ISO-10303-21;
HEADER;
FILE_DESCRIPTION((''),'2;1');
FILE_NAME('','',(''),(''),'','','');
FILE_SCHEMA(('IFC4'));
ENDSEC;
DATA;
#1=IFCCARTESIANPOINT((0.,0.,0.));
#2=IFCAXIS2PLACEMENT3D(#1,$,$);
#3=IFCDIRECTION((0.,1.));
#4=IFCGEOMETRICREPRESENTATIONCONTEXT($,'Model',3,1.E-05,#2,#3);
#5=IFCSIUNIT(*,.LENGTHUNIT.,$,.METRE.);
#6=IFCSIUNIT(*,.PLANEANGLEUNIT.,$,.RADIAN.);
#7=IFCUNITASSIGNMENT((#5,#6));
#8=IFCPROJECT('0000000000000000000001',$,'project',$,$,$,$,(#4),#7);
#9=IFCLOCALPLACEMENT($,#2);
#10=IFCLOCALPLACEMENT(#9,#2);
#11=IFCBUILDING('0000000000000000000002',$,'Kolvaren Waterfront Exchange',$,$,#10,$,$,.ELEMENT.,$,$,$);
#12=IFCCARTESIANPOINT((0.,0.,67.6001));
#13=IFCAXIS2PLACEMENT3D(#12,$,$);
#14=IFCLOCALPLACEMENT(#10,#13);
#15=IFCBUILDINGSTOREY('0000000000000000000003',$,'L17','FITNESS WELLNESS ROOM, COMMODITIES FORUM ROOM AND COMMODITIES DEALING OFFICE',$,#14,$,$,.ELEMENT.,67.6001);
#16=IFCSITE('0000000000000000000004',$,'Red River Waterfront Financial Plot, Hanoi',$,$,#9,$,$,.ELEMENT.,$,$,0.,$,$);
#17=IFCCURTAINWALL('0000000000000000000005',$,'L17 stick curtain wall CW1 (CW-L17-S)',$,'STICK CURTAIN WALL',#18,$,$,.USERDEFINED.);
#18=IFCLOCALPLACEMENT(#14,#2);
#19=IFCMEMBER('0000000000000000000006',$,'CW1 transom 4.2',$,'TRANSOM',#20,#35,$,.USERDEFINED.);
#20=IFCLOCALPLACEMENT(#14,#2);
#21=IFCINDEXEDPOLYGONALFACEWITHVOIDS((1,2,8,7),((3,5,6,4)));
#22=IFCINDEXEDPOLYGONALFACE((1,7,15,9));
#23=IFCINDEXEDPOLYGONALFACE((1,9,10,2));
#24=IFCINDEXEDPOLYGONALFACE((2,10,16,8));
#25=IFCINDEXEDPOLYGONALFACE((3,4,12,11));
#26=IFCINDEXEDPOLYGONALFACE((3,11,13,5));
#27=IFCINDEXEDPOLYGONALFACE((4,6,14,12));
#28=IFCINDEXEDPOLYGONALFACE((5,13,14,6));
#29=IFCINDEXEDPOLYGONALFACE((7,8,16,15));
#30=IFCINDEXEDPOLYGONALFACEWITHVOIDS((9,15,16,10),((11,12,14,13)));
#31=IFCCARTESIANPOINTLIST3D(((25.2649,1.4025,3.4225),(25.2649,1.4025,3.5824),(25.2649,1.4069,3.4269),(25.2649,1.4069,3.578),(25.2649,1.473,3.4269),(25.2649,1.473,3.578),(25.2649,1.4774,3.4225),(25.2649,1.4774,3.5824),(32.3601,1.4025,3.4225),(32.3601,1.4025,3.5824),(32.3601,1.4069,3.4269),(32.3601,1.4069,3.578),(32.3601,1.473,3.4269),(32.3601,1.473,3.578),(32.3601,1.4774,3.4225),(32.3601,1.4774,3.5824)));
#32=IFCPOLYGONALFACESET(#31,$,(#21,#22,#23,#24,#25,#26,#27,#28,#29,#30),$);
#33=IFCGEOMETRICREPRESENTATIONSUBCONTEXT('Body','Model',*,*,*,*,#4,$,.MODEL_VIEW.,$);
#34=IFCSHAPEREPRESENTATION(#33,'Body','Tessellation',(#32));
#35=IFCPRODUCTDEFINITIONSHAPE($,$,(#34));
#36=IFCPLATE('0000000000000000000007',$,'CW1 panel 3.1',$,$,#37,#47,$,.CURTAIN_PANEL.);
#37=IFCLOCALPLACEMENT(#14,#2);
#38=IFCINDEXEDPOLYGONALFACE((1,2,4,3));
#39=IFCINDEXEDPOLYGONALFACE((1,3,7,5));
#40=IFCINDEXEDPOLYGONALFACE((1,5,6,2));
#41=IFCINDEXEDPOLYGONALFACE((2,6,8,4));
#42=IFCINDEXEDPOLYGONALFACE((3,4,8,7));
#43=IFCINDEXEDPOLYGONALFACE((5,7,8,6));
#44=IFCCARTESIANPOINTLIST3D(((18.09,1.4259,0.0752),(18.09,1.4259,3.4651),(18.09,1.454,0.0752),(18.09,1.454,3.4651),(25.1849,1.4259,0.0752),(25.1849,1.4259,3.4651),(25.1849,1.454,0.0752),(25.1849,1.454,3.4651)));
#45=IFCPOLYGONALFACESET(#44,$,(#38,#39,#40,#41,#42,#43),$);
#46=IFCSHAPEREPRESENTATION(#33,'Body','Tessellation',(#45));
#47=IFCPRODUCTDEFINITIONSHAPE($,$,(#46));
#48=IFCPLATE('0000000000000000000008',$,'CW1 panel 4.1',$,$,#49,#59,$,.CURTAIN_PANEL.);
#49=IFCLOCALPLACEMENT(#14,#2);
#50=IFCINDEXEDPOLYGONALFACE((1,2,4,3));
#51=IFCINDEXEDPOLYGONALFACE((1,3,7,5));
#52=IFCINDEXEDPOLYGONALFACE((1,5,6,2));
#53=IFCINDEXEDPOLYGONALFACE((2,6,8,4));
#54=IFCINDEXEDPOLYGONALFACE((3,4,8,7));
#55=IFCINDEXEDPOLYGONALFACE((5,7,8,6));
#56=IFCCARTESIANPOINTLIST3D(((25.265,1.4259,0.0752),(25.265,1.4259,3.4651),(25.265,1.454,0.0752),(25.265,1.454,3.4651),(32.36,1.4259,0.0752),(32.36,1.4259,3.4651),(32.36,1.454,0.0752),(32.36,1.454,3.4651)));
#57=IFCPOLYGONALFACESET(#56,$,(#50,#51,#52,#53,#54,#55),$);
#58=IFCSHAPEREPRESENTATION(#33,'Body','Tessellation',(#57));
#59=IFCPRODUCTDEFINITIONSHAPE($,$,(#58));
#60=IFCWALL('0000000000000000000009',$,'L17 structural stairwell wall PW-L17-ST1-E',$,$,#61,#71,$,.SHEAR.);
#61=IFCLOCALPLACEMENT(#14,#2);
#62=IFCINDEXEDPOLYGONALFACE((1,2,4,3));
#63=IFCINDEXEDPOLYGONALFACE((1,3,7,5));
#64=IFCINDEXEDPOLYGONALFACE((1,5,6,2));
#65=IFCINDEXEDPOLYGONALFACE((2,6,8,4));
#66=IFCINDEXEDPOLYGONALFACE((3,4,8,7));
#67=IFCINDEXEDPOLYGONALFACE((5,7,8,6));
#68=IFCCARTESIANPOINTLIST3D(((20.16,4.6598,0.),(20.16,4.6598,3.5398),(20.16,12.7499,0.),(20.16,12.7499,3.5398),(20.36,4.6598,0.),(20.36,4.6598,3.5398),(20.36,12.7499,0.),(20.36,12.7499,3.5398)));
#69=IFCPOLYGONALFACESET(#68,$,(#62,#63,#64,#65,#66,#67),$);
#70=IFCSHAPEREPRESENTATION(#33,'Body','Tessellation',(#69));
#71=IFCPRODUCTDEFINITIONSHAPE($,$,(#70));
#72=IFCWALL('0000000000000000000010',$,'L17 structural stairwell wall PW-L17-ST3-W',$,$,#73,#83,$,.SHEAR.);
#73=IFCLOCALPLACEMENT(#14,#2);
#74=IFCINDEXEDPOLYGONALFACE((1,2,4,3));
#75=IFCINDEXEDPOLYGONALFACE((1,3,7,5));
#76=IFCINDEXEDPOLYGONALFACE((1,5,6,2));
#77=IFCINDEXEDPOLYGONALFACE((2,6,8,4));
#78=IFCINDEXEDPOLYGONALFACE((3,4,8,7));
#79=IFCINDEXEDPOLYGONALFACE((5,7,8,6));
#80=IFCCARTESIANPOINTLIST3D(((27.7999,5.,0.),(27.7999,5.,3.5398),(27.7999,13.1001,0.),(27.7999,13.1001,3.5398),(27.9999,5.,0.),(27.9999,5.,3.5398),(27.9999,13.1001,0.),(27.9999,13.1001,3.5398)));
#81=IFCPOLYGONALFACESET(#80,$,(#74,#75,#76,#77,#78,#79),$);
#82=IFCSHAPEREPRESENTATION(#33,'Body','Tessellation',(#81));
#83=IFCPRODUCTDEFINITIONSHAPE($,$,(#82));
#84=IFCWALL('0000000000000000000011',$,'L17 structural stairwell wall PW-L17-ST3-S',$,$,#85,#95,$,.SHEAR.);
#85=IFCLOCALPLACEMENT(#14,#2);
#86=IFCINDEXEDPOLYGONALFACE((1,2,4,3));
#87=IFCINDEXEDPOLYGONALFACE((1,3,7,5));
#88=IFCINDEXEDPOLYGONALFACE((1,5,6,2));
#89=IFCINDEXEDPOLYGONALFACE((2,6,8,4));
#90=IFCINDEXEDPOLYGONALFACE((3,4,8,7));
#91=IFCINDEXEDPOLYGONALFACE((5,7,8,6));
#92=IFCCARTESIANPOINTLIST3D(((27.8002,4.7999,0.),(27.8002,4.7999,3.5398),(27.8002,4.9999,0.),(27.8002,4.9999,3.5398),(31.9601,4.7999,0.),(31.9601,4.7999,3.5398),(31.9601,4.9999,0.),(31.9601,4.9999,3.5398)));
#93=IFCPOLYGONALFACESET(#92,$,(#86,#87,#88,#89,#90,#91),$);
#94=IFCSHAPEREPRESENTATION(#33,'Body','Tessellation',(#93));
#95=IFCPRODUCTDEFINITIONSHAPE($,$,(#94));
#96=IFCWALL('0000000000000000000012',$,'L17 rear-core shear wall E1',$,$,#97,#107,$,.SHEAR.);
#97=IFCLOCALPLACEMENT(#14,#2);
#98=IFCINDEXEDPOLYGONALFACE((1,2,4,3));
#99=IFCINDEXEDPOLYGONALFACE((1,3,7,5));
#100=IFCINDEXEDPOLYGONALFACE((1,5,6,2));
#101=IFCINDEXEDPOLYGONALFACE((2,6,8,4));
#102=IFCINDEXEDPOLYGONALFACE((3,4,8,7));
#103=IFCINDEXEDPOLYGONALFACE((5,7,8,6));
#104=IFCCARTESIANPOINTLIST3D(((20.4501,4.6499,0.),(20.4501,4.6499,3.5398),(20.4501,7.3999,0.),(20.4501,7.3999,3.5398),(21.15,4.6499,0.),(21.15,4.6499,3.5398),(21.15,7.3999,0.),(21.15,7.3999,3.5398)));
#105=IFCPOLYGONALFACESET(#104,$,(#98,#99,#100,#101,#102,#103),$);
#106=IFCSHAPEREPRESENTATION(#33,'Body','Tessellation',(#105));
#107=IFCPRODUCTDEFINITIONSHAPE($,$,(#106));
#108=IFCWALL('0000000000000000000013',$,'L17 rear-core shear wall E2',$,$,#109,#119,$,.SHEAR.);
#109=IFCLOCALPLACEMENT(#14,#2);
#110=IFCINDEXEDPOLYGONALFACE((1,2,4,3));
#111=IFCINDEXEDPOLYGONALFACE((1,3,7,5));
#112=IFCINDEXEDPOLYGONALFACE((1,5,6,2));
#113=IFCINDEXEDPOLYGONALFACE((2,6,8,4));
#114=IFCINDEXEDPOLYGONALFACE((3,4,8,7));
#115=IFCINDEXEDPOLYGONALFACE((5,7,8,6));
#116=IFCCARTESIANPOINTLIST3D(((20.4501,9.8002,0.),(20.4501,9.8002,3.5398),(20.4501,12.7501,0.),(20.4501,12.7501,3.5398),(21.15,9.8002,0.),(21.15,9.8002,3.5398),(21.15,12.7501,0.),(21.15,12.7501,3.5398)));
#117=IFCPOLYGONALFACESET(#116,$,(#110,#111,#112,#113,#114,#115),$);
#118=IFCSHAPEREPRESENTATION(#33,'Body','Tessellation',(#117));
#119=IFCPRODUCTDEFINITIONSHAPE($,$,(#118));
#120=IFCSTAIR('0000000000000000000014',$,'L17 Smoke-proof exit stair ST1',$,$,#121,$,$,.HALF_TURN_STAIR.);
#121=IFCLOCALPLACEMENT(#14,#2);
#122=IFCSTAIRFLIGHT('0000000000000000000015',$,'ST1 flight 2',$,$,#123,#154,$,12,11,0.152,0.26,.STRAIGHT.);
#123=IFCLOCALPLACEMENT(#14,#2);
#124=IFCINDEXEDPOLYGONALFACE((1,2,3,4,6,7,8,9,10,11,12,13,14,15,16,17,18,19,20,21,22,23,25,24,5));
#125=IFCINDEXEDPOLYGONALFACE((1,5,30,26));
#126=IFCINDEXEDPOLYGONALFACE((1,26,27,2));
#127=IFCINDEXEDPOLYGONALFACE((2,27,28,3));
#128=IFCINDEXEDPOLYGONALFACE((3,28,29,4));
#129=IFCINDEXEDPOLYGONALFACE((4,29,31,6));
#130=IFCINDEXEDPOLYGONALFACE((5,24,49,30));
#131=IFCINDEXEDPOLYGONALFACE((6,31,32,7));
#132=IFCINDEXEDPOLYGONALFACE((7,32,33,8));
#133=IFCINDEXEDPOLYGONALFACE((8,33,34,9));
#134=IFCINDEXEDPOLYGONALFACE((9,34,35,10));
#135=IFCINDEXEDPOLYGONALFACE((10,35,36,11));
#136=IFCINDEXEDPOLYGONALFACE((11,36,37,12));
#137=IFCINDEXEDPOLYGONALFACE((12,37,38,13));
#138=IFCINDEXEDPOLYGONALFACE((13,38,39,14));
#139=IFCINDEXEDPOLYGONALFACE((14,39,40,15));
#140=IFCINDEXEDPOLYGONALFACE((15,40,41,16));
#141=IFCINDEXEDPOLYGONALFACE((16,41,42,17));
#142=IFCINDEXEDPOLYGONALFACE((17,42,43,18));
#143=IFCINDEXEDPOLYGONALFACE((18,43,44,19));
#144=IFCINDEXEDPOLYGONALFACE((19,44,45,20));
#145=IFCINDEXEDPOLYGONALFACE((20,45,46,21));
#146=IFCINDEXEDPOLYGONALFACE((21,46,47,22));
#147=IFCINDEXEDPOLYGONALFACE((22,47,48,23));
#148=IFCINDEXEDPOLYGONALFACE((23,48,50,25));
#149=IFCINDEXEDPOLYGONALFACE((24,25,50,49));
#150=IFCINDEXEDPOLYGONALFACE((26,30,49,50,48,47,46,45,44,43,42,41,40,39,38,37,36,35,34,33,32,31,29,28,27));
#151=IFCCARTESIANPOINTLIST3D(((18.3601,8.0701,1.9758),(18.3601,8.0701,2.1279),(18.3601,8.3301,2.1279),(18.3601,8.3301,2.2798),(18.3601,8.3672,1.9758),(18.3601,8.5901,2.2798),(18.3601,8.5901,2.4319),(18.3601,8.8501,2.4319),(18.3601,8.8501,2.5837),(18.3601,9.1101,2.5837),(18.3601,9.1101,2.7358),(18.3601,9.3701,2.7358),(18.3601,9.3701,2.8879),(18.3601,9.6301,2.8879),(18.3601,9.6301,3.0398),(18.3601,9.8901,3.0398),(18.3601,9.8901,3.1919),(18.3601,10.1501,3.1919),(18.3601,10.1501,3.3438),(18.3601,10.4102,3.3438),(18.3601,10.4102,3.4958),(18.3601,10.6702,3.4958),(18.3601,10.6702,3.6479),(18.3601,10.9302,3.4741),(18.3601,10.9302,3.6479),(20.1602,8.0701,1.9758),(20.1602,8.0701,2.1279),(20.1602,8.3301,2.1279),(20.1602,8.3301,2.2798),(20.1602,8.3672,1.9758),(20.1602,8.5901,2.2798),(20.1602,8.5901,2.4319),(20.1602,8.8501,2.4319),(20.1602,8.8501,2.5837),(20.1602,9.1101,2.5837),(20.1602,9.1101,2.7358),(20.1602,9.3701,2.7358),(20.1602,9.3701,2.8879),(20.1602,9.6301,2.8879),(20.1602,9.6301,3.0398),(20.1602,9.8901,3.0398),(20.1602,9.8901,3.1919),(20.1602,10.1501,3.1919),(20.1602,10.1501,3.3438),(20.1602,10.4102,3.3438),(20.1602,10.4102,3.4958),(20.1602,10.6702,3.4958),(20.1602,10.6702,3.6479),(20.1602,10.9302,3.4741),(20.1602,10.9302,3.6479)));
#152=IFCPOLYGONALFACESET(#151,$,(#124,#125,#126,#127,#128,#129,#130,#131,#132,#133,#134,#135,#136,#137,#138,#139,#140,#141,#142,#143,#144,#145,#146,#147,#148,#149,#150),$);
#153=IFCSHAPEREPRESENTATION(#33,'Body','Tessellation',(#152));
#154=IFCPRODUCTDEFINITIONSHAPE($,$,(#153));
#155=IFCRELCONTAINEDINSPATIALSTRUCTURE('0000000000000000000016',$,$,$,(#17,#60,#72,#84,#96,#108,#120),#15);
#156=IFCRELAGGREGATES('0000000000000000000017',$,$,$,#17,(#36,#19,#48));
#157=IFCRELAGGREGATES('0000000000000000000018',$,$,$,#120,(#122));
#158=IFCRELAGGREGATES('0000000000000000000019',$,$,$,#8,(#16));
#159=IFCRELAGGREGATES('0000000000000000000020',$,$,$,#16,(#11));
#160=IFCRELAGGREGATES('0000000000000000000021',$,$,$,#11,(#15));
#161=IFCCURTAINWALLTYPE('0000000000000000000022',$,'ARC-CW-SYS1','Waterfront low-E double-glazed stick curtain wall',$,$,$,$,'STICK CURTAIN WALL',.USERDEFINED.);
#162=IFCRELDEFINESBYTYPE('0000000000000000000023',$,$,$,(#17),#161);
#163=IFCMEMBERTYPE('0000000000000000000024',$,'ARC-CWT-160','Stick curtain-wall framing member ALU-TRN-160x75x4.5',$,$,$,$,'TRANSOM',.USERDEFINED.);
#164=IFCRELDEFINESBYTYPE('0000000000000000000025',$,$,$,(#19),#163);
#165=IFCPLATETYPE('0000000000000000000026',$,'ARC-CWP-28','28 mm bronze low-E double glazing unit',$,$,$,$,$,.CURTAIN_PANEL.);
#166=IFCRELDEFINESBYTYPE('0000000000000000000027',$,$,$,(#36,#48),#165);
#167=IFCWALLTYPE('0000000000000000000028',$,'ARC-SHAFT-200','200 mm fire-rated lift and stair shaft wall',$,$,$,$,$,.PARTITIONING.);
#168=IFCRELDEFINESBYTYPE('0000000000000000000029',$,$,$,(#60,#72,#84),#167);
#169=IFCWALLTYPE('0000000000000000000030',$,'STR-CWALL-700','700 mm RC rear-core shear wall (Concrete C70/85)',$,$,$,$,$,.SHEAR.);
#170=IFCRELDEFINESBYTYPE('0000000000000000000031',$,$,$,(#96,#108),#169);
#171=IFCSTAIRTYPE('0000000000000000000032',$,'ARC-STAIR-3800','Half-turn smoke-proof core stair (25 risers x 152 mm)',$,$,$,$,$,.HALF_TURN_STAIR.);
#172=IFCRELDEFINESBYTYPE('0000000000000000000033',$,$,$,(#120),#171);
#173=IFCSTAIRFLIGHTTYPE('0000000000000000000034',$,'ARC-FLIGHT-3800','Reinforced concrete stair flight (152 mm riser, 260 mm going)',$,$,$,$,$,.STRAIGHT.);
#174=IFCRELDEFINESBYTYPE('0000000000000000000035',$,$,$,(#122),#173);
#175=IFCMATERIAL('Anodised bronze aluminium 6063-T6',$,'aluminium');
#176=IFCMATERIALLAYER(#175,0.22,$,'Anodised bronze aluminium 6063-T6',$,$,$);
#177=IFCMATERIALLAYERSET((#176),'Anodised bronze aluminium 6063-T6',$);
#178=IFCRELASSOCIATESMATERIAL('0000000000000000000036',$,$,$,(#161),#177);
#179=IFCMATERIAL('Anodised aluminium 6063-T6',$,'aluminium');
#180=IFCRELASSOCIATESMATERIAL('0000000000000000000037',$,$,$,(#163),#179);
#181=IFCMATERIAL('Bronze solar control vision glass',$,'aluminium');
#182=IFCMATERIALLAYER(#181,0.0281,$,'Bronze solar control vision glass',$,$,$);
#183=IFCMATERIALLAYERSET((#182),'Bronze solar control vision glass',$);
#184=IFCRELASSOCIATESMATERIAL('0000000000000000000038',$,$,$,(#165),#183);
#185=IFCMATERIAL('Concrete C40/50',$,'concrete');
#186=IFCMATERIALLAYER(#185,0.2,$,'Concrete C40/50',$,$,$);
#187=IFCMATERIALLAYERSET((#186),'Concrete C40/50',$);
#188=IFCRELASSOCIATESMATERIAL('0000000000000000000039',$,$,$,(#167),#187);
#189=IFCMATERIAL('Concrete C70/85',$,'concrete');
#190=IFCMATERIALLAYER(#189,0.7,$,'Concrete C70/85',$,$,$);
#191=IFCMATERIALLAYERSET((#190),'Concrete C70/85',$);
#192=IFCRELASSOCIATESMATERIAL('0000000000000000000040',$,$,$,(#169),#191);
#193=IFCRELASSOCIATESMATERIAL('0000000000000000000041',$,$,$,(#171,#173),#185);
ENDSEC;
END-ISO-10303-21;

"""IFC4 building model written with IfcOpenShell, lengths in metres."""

from ifc_helpers import new_model, si_unit, direction, frame, frame_2d, origin, origin_with_axes, origin_2d, place, context, subcontext, project, spatial, polyline, rectangle, hollow_rectangle, outline, extrude, source, transform, mapped, material, layer, layer_set, material_profile, profile_set, type_object, element, aggregate, save


model = new_model("IFC4")

# Units and contexts
model_context = context("Model", 3, precision=1e-05, world=origin(), true_north=direction((0.0, 1.0)))
body_context = subcontext(model_context, "Body", "Model", "MODEL_VIEW")
ifc_project = project(units=[si_unit("LENGTHUNIT", "METRE"), si_unit("PLANEANGLEUNIT", "RADIAN")], contexts=[model_context])

# Site, building, storey
site_placement = place(None, origin())
site = spatial("IfcSite", under=ifc_project, at=site_placement, Name="Red River Waterfront Financial Plot, Hanoi", CompositionType="ELEMENT", RefElevation=0.0)
building_placement = place(site_placement, origin())
building = spatial("IfcBuilding", under=site, at=building_placement, Name="Kolvaren Waterfront Exchange", CompositionType="ELEMENT")
storey_placement = place(building_placement, frame((0.0, 0.0, 67.6001)))
storey = spatial("IfcBuildingStorey", under=building, at=storey_placement, Name="L17", Description="FITNESS WELLNESS ROOM, COMMODITIES FORUM ROOM AND COMMODITIES DEALING OFFICE", CompositionType="ELEMENT", Elevation=67.6001)

# Shared definitions
ifc_material_1 = material(Name="Concrete C70/85", Category="concrete")

# Curtain wall, member, plates
ifc_material_2 = material(Name="Anodised bronze aluminium 6063-T6", Category="aluminium")
ifc_layer_1 = layer(ifc_material_2, 0.22, Name="Anodised bronze aluminium 6063-T6")
ifc_layer_set_1 = layer_set([ifc_layer_1], Name="Anodised bronze aluminium 6063-T6")
curtain_wall_type = type_object("IfcCurtainWallType", Name="ARC-CW-SYS1", Description="Waterfront low-E double-glazed stick curtain wall", ElementType="STICK CURTAIN WALL", PredefinedType="USERDEFINED", material=ifc_layer_set_1)
curtain_wall_placement = place(storey_placement, origin())
curtain_wall = element("IfcCurtainWall", 1, at=curtain_wall_placement, inside=storey, type_object=curtain_wall_type, Name="L17 stick curtain wall CW1 (CW-L17-S)", ObjectType="STICK CURTAIN WALL", PredefinedType="USERDEFINED")
ifc_material_3 = material(Name="Anodised aluminium 6063-T6", Category="aluminium")
ifc_material_profile_1 = material_profile(ifc_material_3, hollow_rectangle(XDim=0.075, YDim=0.1599, WallThickness=0.0044, at=origin_2d()), Name="ALU-TRN-160x75x4.5")
ifc_profile_set_1 = profile_set([ifc_material_profile_1], Name="Anodised aluminium 6063-T6")
member_type_1 = type_object("IfcMemberType", Name="ARC-CWT-160", Description="Stick curtain-wall framing member ALU-TRN-160x75x4.5", ElementType="TRANSOM", PredefinedType="USERDEFINED", material=ifc_profile_set_1)
shared_shape_1 = source(origin_with_axes(), body_context, "Body", "SweptSolid", [
    extrude(hollow_rectangle(XDim=0.075, YDim=0.1599, WallThickness=0.0044, at=origin_2d()), origin(), (0.0, 0.0, 1.0), 7.0952),
])
member_1_placement = place(storey_placement, frame((25.2649, 1.4399, 3.5024), z_axis=(1.0, 0.0, 0.0), x_axis=(0.0, 1.0, 0.0)))
member_1 = element("IfcMember", 2, at=member_1_placement, type_object=member_type_1, Name="CW1 transom 4.2", ObjectType="TRANSOM", PredefinedType="USERDEFINED", context=body_context, shape_type="MappedRepresentation", body=[
    mapped(shared_shape_1, transform((0.0, 0.0, 0.0), x_axis=(1.0, 0.0, 0.0), y_axis=(0.0, 1.0, 0.0), z_axis=(0.0, 0.0, 1.0), scale=1.0)),
])
ifc_material_4 = material(Name="Bronze solar control vision glass", Category="aluminium")
ifc_layer_2 = layer(ifc_material_4, 0.0281, Name="Bronze solar control vision glass")
ifc_layer_set_2 = layer_set([ifc_layer_2], Name="Bronze solar control vision glass")
plate_type = type_object("IfcPlateType", Name="ARC-CWP-28", Description="28 mm bronze low-E double glazing unit", PredefinedType="CURTAIN_PANEL", material=ifc_layer_set_2)
shared_shape_2 = source(origin_with_axes(), body_context, "Body", "SweptSolid", [
    extrude(rectangle(XDim=7.095, YDim=0.0281, at=origin_2d()), origin(), (0.0, 0.0, 1.0), 3.3899),
])
plate_1_placement = place(storey_placement, frame((21.6375, 1.4399, 0.0752), z_axis=(0.0, 0.0, 1.0), x_axis=(1.0, 0.0, 0.0)))
plate_1 = element("IfcPlate", 3, at=plate_1_placement, type_object=plate_type, Name="CW1 panel 3.1", PredefinedType="CURTAIN_PANEL", context=body_context, shape_type="MappedRepresentation", body=[
    mapped(shared_shape_2, transform((0.0, 0.0, 0.0), x_axis=(1.0, 0.0, 0.0), y_axis=(0.0, 1.0, 0.0), z_axis=(0.0, 0.0, 1.0), scale=1.0)),
])
plate_2_placement = place(storey_placement, frame((28.8125, 1.4399, 0.0752), z_axis=(0.0, 0.0, 1.0), x_axis=(1.0, 0.0, 0.0)))
plate_2 = element("IfcPlate", 4, at=plate_2_placement, type_object=plate_type, Name="CW1 panel 4.1", PredefinedType="CURTAIN_PANEL", context=body_context, shape_type="MappedRepresentation", body=[
    mapped(shared_shape_2, transform((0.0, 0.0, 0.0), x_axis=(1.0, 0.0, 0.0), y_axis=(0.0, 1.0, 0.0), z_axis=(0.0, 0.0, 1.0), scale=1.0)),
])
aggregate(curtain_wall, [plate_1, member_1, plate_2])

# Walls
ifc_material_5 = material(Name="Concrete C40/50", Category="concrete")
ifc_layer_3 = layer(ifc_material_5, 0.2, Name="Concrete C40/50")
ifc_layer_set_3 = layer_set([ifc_layer_3], Name="Concrete C40/50")
wall_type_1 = type_object("IfcWallType", Name="ARC-SHAFT-200", Description="200 mm fire-rated lift and stair shaft wall", PredefinedType="PARTITIONING", material=ifc_layer_set_3)
wall_1_placement = place(storey_placement, frame((20.26, 4.6599, 0.0), z_axis=(0.0, 0.0, 1.0), x_axis=(0.0, 1.0, 0.0)))
element("IfcWall", 5, at=wall_1_placement, inside=storey, type_object=wall_type_1, Name="L17 structural stairwell wall PW-L17-ST1-E", PredefinedType="SHEAR", context=body_context, shape_type="SweptSolid", body=[
    extrude(rectangle(XDim=8.0901, YDim=0.2, at=frame_2d((4.0449, 0.0))), origin(), (0.0, 0.0, 1.0), 3.5398),
])
wall_2_placement = place(storey_placement, frame((27.8999, 5.0, 0.0), z_axis=(0.0, 0.0, 1.0), x_axis=(0.0, 1.0, 0.0)))
element("IfcWall", 6, at=wall_2_placement, inside=storey, type_object=wall_type_1, Name="L17 structural stairwell wall PW-L17-ST3-W", PredefinedType="SHEAR", context=body_context, shape_type="SweptSolid", body=[
    extrude(rectangle(XDim=8.1001, YDim=0.2, at=frame_2d((4.05, 0.0))), origin(), (0.0, 0.0, 1.0), 3.5398),
])
wall_3_placement = place(storey_placement, frame((27.8, 4.8999, 0.0), z_axis=(0.0, 0.0, 1.0), x_axis=(1.0, 0.0, 0.0)))
element("IfcWall", 7, at=wall_3_placement, inside=storey, type_object=wall_type_1, Name="L17 structural stairwell wall PW-L17-ST3-S", PredefinedType="SHEAR", context=body_context, shape_type="SweptSolid", body=[
    extrude(rectangle(XDim=4.1599, YDim=0.2, at=frame_2d((2.0801, 0.0))), origin(), (0.0, 0.0, 1.0), 3.5398),
])
ifc_layer_4 = layer(ifc_material_1, 0.7, Name="Concrete C70/85")
ifc_layer_set_4 = layer_set([ifc_layer_4], Name="Concrete C70/85")
wall_type_2 = type_object("IfcWallType", Name="STR-CWALL-700", Description="700 mm RC rear-core shear wall (Concrete C70/85)", PredefinedType="SHEAR", material=ifc_layer_set_4)
wall_4_placement = place(storey_placement, frame((20.8, 4.6499, 0.0), z_axis=(0.0, 0.0, 1.0), x_axis=(0.0, 1.0, 0.0)))
element("IfcWall", 8, at=wall_4_placement, inside=storey, type_object=wall_type_2, Name="L17 rear-core shear wall E1", PredefinedType="SHEAR", context=body_context, shape_type="SweptSolid", body=[
    extrude(rectangle(XDim=2.75, YDim=0.7, at=frame_2d((1.375, 0.0))), origin(), (0.0, 0.0, 1.0), 3.5398),
])
wall_5_placement = place(storey_placement, frame((20.8, 9.8, 0.0), z_axis=(0.0, 0.0, 1.0), x_axis=(0.0, 1.0, 0.0)))
element("IfcWall", 9, at=wall_5_placement, inside=storey, type_object=wall_type_2, Name="L17 rear-core shear wall E2", PredefinedType="SHEAR", context=body_context, shape_type="SweptSolid", body=[
    extrude(rectangle(XDim=2.95, YDim=0.7, at=frame_2d((1.4751, 0.0))), origin(), (0.0, 0.0, 1.0), 3.5398),
])

# Stair, stair flight
stair_type = type_object("IfcStairType", Name="ARC-STAIR-3800", Description="Half-turn smoke-proof core stair (25 risers x 152 mm)", PredefinedType="HALF_TURN_STAIR", material=ifc_material_5)
stair_1_placement = place(storey_placement, origin())
stair_1 = element("IfcStair", 10, at=stair_1_placement, inside=storey, type_object=stair_type, Name="L17 Smoke-proof exit stair ST1", PredefinedType="HALF_TURN_STAIR")
stair_flight_type = type_object("IfcStairFlightType", Name="ARC-FLIGHT-3800", Description="Reinforced concrete stair flight (152 mm riser, 260 mm going)", PredefinedType="STRAIGHT", material=ifc_material_5)
stair_flight_1_placement = place(storey_placement, frame((19.26, 8.0701, 1.9758), z_axis=(0.0, 0.0, 1.0), x_axis=(0.0, 1.0, 0.0)))
stair_flight_1 = element("IfcStairFlight", 11, at=stair_flight_1_placement, type_object=stair_flight_type, Name="ST1 flight 2", NumberOfRisers=12, NumberOfTreads=11, PredefinedType="STRAIGHT", RiserHeight=0.152, TreadLength=0.26, context=body_context, shape_type="SweptSolid", body=[
    extrude(outline(polyline([(0.0, 0.0), (0.0, 0.1521), (0.26, 0.1521), (0.26, 0.304), (0.52, 0.304), (0.52, 0.4561), (0.78, 0.4561), (0.78, 0.6079), (1.04, 0.6079), (1.04, 0.76), (1.3, 0.76), (1.3, 0.9121), (1.5601, 0.9121), (1.5601, 1.064), (1.8201, 1.064), (1.8201, 1.2161), (2.0801, 1.2161), (2.0801, 1.3679), (2.3401, 1.3679), (2.3401, 1.52), (2.6001, 1.52), (2.6001, 1.6721), (2.8601, 1.6721), (2.8601, 1.824), (2.8601, 1.4983), (0.2971, 0.0), (0.0, 0.0)])), frame((0.0, 0.8999, 0.0), z_axis=(0.0, -1.0, 0.0), x_axis=(1.0, 0.0, 0.0)), (0.0, 0.0, 1.0), 1.8),
])
aggregate(stair_1, [stair_flight_1])

save(model, "model.ifc")
